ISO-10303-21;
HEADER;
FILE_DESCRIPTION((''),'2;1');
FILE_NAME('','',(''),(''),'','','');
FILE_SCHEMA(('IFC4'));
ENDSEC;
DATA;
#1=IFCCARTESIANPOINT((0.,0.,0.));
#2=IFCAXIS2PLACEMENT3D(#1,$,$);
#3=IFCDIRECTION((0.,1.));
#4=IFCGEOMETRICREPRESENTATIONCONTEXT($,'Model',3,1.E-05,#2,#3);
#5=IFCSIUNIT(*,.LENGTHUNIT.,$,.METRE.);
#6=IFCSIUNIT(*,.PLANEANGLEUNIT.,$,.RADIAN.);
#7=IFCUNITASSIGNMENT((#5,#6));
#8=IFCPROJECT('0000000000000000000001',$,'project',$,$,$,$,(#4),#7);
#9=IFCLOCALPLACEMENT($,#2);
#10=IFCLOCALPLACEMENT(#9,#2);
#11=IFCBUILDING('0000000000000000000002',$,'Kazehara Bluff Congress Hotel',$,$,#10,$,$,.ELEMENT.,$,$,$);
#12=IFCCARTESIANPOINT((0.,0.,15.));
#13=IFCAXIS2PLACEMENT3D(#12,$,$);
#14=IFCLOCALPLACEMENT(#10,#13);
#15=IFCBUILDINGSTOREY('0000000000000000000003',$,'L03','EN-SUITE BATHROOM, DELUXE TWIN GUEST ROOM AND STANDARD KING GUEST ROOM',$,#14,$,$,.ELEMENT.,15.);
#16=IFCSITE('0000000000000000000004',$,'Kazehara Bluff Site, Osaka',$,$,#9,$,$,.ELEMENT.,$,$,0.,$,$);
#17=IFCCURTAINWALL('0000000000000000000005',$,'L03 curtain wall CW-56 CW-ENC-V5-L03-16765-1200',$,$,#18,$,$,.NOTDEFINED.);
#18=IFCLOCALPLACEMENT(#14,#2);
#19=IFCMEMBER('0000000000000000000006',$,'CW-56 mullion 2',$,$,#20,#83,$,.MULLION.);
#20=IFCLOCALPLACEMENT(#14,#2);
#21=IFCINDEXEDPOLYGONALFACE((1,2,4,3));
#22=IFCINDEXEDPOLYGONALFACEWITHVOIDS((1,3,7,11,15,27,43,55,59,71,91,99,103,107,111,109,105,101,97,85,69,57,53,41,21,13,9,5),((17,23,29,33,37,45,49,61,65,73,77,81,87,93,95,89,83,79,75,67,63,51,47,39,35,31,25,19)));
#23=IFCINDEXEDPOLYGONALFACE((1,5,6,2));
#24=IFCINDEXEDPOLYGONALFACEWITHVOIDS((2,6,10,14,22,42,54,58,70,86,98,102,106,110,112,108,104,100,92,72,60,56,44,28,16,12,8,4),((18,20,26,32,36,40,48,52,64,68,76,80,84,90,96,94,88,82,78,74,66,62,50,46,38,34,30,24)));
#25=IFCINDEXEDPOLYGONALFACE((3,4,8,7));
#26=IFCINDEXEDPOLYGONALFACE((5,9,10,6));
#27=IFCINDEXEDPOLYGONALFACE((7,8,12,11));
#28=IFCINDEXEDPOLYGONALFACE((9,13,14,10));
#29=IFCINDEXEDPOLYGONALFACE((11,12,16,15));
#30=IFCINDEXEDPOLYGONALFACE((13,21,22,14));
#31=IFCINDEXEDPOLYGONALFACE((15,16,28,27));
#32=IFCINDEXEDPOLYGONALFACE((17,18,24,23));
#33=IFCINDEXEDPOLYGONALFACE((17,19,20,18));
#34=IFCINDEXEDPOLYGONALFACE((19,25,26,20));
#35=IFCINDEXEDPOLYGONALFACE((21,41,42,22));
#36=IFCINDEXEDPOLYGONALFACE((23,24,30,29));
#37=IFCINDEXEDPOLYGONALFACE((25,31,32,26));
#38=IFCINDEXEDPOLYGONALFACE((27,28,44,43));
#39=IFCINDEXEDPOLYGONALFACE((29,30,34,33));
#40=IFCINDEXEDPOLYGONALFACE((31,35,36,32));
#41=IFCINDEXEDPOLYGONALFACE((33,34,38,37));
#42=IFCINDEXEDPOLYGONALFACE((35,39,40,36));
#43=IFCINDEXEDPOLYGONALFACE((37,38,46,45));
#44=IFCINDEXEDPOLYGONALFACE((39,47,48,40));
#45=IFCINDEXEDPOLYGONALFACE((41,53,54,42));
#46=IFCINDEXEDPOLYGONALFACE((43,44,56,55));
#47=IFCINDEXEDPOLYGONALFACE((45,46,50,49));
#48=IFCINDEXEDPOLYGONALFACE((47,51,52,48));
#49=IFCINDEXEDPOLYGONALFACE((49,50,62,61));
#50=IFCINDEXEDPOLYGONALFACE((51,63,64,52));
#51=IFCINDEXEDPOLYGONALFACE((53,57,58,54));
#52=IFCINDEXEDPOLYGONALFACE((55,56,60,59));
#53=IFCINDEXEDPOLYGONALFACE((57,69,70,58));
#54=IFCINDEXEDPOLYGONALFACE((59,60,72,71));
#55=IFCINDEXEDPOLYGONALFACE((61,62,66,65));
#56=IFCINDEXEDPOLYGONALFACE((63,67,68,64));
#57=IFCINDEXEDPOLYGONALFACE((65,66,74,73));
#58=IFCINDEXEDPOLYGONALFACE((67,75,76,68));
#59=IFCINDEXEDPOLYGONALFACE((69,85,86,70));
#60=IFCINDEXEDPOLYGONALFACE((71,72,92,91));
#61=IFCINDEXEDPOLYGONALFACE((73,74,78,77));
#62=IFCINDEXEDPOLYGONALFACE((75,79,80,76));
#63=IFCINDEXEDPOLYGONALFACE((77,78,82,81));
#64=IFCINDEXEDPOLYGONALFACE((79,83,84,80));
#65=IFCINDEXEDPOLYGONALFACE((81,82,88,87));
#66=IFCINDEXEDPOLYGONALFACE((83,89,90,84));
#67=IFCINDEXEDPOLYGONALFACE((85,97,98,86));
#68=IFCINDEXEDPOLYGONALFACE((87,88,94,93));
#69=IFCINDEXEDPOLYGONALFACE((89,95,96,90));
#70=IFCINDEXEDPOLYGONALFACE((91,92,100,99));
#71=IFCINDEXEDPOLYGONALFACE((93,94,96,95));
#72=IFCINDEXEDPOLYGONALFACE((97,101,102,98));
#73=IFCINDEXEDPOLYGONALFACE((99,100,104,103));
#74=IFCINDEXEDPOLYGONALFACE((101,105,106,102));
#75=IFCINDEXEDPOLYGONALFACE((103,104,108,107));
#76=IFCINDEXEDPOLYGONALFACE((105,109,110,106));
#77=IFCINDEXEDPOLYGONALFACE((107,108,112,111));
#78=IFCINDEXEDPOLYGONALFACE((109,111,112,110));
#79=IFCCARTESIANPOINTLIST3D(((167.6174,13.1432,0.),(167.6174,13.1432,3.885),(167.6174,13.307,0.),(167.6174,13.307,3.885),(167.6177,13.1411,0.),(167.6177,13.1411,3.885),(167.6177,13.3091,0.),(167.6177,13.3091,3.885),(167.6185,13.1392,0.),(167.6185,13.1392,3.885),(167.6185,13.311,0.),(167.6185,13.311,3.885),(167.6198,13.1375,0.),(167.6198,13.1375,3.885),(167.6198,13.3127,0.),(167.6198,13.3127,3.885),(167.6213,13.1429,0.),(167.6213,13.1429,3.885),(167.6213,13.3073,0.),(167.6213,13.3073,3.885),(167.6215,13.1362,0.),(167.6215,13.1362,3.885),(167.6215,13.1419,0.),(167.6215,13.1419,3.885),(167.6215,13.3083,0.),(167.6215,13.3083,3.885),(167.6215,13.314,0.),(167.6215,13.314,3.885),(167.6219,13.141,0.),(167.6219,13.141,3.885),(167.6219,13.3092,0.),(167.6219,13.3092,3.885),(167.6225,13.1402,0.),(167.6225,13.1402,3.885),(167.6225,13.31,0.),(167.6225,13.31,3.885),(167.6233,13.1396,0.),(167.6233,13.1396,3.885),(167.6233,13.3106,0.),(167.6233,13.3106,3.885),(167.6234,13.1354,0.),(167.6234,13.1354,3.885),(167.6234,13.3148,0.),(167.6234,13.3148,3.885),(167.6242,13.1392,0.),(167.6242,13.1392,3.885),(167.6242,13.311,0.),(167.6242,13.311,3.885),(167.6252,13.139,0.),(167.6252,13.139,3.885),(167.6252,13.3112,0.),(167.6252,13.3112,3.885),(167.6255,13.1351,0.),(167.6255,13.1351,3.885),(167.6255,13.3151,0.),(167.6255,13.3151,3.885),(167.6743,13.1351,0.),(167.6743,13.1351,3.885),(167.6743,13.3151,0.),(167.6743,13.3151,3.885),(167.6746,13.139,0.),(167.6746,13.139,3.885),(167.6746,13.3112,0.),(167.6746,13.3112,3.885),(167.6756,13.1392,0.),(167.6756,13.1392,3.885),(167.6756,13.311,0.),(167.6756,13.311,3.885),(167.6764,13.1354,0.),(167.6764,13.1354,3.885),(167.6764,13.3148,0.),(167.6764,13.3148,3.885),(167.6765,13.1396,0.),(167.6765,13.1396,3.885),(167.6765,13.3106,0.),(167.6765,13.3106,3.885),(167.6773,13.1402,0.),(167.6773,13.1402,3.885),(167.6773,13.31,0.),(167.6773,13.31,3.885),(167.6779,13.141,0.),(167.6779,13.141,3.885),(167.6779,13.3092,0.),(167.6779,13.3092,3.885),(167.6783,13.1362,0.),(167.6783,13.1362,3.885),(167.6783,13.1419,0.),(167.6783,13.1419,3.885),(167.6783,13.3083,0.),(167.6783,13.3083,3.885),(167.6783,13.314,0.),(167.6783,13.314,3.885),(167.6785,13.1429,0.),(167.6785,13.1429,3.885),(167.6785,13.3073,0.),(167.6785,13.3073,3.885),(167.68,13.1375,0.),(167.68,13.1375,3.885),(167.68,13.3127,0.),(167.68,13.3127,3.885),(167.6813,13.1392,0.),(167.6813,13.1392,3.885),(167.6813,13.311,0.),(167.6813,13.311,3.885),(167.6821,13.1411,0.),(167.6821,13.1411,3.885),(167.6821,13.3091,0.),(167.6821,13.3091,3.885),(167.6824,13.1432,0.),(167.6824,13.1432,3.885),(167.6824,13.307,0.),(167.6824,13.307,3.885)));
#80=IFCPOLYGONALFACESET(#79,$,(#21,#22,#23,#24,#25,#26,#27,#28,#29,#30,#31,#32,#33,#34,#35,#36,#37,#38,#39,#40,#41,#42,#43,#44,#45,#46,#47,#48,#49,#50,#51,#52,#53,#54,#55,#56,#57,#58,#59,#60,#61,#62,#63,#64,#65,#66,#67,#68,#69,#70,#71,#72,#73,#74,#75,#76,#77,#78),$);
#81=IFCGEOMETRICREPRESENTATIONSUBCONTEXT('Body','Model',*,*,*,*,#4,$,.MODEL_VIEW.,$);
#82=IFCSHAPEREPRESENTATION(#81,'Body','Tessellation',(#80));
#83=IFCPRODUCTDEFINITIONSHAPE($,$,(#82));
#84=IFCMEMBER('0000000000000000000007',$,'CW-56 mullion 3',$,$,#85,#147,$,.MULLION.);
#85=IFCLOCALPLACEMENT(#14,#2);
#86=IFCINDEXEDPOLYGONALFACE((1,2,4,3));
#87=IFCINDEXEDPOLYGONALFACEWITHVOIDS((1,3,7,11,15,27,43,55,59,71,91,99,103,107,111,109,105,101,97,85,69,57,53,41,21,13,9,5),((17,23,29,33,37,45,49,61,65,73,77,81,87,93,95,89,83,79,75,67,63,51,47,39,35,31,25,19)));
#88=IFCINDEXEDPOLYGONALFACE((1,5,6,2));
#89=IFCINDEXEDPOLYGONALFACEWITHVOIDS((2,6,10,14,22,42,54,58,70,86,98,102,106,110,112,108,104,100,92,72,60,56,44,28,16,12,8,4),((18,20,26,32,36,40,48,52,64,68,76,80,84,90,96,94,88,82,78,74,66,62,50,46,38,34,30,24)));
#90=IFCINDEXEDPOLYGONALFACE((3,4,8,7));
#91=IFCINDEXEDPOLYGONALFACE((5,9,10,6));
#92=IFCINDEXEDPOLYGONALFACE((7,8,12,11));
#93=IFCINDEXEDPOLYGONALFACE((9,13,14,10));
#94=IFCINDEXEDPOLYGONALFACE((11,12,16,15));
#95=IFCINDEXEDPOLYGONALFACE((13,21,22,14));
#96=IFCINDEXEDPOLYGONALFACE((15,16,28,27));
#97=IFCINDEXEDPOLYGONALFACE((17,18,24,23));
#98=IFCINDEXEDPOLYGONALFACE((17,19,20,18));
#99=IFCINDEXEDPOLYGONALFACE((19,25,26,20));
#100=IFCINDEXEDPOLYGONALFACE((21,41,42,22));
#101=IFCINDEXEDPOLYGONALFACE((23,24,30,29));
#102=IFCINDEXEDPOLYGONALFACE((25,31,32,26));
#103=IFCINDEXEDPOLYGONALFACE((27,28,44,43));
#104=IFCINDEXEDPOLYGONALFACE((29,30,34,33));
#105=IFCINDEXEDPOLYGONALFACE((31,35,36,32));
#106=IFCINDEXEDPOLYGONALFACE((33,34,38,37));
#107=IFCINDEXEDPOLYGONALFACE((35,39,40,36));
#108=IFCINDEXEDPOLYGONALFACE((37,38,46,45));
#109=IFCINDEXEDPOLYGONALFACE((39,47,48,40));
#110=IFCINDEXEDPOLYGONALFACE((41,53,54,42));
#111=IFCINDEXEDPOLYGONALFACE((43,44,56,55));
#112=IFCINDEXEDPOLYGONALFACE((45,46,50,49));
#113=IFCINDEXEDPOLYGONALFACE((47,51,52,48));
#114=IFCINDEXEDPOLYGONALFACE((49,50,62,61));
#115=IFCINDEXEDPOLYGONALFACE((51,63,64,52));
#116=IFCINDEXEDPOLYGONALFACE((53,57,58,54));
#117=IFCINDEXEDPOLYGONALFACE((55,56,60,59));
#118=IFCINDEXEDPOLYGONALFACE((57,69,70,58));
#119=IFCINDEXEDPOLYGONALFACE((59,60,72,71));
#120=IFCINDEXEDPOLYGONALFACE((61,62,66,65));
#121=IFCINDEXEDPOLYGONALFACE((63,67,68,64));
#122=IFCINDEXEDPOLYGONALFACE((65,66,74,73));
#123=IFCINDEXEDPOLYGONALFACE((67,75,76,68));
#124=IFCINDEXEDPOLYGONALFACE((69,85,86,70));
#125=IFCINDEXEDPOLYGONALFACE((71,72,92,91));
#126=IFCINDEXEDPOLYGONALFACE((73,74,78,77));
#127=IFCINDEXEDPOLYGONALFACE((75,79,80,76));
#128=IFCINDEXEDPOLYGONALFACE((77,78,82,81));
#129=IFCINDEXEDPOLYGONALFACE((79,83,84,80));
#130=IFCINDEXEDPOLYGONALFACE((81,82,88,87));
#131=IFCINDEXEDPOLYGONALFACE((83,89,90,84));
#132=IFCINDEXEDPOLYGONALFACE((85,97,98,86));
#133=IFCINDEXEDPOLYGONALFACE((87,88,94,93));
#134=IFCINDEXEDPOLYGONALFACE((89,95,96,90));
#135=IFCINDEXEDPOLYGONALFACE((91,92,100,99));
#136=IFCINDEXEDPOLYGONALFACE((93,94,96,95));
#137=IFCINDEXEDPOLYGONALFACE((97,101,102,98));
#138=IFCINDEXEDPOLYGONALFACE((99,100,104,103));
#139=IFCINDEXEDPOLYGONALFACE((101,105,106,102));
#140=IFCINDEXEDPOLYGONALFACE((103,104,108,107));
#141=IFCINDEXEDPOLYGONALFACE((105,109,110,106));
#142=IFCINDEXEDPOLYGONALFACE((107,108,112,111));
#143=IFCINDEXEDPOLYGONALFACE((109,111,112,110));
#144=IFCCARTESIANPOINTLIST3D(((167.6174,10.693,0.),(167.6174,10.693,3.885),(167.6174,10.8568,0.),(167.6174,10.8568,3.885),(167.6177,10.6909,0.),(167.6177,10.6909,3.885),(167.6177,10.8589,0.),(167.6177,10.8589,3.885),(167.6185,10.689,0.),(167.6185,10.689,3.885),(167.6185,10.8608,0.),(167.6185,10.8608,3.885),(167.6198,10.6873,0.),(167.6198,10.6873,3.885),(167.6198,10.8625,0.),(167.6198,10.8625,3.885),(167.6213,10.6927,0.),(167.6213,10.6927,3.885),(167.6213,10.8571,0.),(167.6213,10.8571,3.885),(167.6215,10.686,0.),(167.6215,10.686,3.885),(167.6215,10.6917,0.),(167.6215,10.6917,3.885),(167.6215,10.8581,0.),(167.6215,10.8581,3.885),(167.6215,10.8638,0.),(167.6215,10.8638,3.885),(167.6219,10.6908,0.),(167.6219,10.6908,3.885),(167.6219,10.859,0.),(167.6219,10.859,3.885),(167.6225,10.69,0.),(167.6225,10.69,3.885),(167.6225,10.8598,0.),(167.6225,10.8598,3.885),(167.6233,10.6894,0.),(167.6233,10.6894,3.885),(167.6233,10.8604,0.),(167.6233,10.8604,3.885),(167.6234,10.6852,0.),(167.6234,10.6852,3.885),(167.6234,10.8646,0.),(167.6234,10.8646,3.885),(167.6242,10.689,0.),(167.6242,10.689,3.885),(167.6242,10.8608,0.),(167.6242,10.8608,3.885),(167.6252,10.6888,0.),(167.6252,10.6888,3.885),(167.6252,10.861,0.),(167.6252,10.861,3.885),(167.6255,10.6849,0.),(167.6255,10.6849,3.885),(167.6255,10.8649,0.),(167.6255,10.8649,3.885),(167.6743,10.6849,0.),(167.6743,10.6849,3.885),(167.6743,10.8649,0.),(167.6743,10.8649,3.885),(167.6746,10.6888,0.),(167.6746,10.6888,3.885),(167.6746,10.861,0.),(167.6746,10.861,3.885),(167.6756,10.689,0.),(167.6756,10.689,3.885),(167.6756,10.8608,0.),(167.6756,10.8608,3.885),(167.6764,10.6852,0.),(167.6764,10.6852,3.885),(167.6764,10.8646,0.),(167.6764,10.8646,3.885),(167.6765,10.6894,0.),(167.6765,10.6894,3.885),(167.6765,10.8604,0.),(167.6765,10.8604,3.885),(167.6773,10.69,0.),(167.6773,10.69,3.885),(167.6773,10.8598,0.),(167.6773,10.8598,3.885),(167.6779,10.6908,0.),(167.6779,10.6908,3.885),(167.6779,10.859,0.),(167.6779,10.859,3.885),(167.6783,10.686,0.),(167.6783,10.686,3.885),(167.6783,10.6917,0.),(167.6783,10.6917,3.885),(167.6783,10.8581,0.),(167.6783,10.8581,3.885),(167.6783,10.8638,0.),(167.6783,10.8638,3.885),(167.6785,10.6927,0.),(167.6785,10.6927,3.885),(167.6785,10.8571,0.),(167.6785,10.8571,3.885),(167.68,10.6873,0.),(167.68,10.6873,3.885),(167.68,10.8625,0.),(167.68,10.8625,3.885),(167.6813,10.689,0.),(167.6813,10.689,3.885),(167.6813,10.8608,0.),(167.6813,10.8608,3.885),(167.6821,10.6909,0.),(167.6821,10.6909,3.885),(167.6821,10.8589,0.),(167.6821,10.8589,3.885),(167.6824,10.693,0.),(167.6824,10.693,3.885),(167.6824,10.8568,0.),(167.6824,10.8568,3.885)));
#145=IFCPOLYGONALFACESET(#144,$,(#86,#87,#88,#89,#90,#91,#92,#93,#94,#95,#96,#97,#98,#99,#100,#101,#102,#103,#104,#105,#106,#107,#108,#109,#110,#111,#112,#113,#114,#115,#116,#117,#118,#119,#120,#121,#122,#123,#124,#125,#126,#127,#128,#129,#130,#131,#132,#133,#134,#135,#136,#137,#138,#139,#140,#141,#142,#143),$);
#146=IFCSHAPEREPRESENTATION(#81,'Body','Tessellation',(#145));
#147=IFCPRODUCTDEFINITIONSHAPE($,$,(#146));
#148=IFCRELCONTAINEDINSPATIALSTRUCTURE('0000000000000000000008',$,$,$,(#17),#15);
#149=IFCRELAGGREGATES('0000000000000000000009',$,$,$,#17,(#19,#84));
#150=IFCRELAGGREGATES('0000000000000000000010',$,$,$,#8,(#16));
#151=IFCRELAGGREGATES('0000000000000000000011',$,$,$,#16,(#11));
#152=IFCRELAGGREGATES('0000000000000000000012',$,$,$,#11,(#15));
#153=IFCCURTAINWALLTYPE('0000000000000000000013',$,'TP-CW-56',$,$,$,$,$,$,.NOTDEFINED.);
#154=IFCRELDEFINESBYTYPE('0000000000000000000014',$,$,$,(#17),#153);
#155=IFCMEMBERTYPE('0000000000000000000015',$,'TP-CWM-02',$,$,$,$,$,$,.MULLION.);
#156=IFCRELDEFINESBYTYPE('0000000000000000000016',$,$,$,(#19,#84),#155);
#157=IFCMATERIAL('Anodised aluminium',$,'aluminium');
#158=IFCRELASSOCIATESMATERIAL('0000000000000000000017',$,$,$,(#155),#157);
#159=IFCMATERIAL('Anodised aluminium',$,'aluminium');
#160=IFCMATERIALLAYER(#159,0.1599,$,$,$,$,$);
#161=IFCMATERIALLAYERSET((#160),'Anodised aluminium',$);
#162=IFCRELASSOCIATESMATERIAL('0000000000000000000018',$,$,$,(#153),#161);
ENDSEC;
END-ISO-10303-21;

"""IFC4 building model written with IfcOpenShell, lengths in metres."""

from ifc_helpers import new_model, si_unit, direction, frame, origin, origin_2d, place, context, subcontext, project, spatial, hollow_rectangle, extrude, material, layer, layer_set, material_profile, profile_set, type_object, element, aggregate, save


model = new_model("IFC4")

# Units and contexts
model_context = context("Model", 3, precision=1e-05, world=origin(), true_north=direction((0.0, 1.0)))
body_context = subcontext(model_context, "Body", "Model", "MODEL_VIEW")
ifc_project = project(units=[si_unit("LENGTHUNIT", "METRE"), si_unit("PLANEANGLEUNIT", "RADIAN")], contexts=[model_context])

# Site, building, storey
site_placement = place(None, origin())
site = spatial("IfcSite", under=ifc_project, at=site_placement, Name="Kazehara Bluff Site, Osaka", CompositionType="ELEMENT", RefElevation=0.0)
building_placement = place(site_placement, origin())
building = spatial("IfcBuilding", under=site, at=building_placement, Name="Kazehara Bluff Congress Hotel", CompositionType="ELEMENT")
storey_placement = place(building_placement, frame((0.0, 0.0, 15.0)))
storey = spatial("IfcBuildingStorey", under=building, at=storey_placement, Name="L03", Description="EN-SUITE BATHROOM, DELUXE TWIN GUEST ROOM AND STANDARD KING GUEST ROOM", CompositionType="ELEMENT", Elevation=15.0)

# Shared definitions
ifc_material_1 = material(Name="Anodised aluminium", Category="aluminium")
ifc_material_profile_1 = material_profile(ifc_material_1, hollow_rectangle(XDim=0.0649, YDim=0.1799, WallThickness=0.0039, InnerFilletRadius=0.0039, OuterFilletRadius=0.0081, at=origin_2d()))
ifc_profile_set_1 = profile_set([ifc_material_profile_1], Name="Anodised aluminium")
member_type_1 = type_object("IfcMemberType", Name="TP-CWM-02", PredefinedType="MULLION", material=ifc_profile_set_1)

# Curtain wall, members
ifc_material_2 = material(Name="Anodised aluminium", Category="aluminium")
ifc_layer_1 = layer(ifc_material_2, 0.1599)
ifc_layer_set_1 = layer_set([ifc_layer_1], Name="Anodised aluminium")
curtain_wall_type_1 = type_object("IfcCurtainWallType", Name="TP-CW-56", PredefinedType="NOTDEFINED", material=ifc_layer_set_1)
curtain_wall_1_placement = place(storey_placement, origin())
curtain_wall_1 = element("IfcCurtainWall", 1, at=curtain_wall_1_placement, inside=storey, type_object=curtain_wall_type_1, Name="L03 curtain wall CW-56 CW-ENC-V5-L03-16765-1200", PredefinedType="NOTDEFINED")
member_1_placement = place(storey_placement, frame((167.6499, 13.2251, 0.0), z_axis=(0.0, 0.0, 1.0), x_axis=(1.0, 0.0, 0.0)))
member_1 = element("IfcMember", 2, at=member_1_placement, type_object=member_type_1, Name="CW-56 mullion 2", PredefinedType="MULLION", context=body_context, shape_type="SweptSolid", body=[
    extrude(hollow_rectangle(XDim=0.0649, YDim=0.1799, WallThickness=0.0039, InnerFilletRadius=0.0039, OuterFilletRadius=0.0081, at=origin_2d()), origin(), (0.0, 0.0, 1.0), 3.885),
])
member_2_placement = place(storey_placement, frame((167.6499, 10.7749, 0.0), z_axis=(0.0, 0.0, 1.0), x_axis=(1.0, 0.0, 0.0)))
member_2 = element("IfcMember", 3, at=member_2_placement, type_object=member_type_1, Name="CW-56 mullion 3", PredefinedType="MULLION", context=body_context, shape_type="SweptSolid", body=[
    extrude(hollow_rectangle(XDim=0.0649, YDim=0.1799, WallThickness=0.0039, InnerFilletRadius=0.0039, OuterFilletRadius=0.0081, at=origin_2d()), origin(), (0.0, 0.0, 1.0), 3.885),
])

aggregate(curtain_wall_1, [member_1, member_2])

save(model, "model.ifc")
